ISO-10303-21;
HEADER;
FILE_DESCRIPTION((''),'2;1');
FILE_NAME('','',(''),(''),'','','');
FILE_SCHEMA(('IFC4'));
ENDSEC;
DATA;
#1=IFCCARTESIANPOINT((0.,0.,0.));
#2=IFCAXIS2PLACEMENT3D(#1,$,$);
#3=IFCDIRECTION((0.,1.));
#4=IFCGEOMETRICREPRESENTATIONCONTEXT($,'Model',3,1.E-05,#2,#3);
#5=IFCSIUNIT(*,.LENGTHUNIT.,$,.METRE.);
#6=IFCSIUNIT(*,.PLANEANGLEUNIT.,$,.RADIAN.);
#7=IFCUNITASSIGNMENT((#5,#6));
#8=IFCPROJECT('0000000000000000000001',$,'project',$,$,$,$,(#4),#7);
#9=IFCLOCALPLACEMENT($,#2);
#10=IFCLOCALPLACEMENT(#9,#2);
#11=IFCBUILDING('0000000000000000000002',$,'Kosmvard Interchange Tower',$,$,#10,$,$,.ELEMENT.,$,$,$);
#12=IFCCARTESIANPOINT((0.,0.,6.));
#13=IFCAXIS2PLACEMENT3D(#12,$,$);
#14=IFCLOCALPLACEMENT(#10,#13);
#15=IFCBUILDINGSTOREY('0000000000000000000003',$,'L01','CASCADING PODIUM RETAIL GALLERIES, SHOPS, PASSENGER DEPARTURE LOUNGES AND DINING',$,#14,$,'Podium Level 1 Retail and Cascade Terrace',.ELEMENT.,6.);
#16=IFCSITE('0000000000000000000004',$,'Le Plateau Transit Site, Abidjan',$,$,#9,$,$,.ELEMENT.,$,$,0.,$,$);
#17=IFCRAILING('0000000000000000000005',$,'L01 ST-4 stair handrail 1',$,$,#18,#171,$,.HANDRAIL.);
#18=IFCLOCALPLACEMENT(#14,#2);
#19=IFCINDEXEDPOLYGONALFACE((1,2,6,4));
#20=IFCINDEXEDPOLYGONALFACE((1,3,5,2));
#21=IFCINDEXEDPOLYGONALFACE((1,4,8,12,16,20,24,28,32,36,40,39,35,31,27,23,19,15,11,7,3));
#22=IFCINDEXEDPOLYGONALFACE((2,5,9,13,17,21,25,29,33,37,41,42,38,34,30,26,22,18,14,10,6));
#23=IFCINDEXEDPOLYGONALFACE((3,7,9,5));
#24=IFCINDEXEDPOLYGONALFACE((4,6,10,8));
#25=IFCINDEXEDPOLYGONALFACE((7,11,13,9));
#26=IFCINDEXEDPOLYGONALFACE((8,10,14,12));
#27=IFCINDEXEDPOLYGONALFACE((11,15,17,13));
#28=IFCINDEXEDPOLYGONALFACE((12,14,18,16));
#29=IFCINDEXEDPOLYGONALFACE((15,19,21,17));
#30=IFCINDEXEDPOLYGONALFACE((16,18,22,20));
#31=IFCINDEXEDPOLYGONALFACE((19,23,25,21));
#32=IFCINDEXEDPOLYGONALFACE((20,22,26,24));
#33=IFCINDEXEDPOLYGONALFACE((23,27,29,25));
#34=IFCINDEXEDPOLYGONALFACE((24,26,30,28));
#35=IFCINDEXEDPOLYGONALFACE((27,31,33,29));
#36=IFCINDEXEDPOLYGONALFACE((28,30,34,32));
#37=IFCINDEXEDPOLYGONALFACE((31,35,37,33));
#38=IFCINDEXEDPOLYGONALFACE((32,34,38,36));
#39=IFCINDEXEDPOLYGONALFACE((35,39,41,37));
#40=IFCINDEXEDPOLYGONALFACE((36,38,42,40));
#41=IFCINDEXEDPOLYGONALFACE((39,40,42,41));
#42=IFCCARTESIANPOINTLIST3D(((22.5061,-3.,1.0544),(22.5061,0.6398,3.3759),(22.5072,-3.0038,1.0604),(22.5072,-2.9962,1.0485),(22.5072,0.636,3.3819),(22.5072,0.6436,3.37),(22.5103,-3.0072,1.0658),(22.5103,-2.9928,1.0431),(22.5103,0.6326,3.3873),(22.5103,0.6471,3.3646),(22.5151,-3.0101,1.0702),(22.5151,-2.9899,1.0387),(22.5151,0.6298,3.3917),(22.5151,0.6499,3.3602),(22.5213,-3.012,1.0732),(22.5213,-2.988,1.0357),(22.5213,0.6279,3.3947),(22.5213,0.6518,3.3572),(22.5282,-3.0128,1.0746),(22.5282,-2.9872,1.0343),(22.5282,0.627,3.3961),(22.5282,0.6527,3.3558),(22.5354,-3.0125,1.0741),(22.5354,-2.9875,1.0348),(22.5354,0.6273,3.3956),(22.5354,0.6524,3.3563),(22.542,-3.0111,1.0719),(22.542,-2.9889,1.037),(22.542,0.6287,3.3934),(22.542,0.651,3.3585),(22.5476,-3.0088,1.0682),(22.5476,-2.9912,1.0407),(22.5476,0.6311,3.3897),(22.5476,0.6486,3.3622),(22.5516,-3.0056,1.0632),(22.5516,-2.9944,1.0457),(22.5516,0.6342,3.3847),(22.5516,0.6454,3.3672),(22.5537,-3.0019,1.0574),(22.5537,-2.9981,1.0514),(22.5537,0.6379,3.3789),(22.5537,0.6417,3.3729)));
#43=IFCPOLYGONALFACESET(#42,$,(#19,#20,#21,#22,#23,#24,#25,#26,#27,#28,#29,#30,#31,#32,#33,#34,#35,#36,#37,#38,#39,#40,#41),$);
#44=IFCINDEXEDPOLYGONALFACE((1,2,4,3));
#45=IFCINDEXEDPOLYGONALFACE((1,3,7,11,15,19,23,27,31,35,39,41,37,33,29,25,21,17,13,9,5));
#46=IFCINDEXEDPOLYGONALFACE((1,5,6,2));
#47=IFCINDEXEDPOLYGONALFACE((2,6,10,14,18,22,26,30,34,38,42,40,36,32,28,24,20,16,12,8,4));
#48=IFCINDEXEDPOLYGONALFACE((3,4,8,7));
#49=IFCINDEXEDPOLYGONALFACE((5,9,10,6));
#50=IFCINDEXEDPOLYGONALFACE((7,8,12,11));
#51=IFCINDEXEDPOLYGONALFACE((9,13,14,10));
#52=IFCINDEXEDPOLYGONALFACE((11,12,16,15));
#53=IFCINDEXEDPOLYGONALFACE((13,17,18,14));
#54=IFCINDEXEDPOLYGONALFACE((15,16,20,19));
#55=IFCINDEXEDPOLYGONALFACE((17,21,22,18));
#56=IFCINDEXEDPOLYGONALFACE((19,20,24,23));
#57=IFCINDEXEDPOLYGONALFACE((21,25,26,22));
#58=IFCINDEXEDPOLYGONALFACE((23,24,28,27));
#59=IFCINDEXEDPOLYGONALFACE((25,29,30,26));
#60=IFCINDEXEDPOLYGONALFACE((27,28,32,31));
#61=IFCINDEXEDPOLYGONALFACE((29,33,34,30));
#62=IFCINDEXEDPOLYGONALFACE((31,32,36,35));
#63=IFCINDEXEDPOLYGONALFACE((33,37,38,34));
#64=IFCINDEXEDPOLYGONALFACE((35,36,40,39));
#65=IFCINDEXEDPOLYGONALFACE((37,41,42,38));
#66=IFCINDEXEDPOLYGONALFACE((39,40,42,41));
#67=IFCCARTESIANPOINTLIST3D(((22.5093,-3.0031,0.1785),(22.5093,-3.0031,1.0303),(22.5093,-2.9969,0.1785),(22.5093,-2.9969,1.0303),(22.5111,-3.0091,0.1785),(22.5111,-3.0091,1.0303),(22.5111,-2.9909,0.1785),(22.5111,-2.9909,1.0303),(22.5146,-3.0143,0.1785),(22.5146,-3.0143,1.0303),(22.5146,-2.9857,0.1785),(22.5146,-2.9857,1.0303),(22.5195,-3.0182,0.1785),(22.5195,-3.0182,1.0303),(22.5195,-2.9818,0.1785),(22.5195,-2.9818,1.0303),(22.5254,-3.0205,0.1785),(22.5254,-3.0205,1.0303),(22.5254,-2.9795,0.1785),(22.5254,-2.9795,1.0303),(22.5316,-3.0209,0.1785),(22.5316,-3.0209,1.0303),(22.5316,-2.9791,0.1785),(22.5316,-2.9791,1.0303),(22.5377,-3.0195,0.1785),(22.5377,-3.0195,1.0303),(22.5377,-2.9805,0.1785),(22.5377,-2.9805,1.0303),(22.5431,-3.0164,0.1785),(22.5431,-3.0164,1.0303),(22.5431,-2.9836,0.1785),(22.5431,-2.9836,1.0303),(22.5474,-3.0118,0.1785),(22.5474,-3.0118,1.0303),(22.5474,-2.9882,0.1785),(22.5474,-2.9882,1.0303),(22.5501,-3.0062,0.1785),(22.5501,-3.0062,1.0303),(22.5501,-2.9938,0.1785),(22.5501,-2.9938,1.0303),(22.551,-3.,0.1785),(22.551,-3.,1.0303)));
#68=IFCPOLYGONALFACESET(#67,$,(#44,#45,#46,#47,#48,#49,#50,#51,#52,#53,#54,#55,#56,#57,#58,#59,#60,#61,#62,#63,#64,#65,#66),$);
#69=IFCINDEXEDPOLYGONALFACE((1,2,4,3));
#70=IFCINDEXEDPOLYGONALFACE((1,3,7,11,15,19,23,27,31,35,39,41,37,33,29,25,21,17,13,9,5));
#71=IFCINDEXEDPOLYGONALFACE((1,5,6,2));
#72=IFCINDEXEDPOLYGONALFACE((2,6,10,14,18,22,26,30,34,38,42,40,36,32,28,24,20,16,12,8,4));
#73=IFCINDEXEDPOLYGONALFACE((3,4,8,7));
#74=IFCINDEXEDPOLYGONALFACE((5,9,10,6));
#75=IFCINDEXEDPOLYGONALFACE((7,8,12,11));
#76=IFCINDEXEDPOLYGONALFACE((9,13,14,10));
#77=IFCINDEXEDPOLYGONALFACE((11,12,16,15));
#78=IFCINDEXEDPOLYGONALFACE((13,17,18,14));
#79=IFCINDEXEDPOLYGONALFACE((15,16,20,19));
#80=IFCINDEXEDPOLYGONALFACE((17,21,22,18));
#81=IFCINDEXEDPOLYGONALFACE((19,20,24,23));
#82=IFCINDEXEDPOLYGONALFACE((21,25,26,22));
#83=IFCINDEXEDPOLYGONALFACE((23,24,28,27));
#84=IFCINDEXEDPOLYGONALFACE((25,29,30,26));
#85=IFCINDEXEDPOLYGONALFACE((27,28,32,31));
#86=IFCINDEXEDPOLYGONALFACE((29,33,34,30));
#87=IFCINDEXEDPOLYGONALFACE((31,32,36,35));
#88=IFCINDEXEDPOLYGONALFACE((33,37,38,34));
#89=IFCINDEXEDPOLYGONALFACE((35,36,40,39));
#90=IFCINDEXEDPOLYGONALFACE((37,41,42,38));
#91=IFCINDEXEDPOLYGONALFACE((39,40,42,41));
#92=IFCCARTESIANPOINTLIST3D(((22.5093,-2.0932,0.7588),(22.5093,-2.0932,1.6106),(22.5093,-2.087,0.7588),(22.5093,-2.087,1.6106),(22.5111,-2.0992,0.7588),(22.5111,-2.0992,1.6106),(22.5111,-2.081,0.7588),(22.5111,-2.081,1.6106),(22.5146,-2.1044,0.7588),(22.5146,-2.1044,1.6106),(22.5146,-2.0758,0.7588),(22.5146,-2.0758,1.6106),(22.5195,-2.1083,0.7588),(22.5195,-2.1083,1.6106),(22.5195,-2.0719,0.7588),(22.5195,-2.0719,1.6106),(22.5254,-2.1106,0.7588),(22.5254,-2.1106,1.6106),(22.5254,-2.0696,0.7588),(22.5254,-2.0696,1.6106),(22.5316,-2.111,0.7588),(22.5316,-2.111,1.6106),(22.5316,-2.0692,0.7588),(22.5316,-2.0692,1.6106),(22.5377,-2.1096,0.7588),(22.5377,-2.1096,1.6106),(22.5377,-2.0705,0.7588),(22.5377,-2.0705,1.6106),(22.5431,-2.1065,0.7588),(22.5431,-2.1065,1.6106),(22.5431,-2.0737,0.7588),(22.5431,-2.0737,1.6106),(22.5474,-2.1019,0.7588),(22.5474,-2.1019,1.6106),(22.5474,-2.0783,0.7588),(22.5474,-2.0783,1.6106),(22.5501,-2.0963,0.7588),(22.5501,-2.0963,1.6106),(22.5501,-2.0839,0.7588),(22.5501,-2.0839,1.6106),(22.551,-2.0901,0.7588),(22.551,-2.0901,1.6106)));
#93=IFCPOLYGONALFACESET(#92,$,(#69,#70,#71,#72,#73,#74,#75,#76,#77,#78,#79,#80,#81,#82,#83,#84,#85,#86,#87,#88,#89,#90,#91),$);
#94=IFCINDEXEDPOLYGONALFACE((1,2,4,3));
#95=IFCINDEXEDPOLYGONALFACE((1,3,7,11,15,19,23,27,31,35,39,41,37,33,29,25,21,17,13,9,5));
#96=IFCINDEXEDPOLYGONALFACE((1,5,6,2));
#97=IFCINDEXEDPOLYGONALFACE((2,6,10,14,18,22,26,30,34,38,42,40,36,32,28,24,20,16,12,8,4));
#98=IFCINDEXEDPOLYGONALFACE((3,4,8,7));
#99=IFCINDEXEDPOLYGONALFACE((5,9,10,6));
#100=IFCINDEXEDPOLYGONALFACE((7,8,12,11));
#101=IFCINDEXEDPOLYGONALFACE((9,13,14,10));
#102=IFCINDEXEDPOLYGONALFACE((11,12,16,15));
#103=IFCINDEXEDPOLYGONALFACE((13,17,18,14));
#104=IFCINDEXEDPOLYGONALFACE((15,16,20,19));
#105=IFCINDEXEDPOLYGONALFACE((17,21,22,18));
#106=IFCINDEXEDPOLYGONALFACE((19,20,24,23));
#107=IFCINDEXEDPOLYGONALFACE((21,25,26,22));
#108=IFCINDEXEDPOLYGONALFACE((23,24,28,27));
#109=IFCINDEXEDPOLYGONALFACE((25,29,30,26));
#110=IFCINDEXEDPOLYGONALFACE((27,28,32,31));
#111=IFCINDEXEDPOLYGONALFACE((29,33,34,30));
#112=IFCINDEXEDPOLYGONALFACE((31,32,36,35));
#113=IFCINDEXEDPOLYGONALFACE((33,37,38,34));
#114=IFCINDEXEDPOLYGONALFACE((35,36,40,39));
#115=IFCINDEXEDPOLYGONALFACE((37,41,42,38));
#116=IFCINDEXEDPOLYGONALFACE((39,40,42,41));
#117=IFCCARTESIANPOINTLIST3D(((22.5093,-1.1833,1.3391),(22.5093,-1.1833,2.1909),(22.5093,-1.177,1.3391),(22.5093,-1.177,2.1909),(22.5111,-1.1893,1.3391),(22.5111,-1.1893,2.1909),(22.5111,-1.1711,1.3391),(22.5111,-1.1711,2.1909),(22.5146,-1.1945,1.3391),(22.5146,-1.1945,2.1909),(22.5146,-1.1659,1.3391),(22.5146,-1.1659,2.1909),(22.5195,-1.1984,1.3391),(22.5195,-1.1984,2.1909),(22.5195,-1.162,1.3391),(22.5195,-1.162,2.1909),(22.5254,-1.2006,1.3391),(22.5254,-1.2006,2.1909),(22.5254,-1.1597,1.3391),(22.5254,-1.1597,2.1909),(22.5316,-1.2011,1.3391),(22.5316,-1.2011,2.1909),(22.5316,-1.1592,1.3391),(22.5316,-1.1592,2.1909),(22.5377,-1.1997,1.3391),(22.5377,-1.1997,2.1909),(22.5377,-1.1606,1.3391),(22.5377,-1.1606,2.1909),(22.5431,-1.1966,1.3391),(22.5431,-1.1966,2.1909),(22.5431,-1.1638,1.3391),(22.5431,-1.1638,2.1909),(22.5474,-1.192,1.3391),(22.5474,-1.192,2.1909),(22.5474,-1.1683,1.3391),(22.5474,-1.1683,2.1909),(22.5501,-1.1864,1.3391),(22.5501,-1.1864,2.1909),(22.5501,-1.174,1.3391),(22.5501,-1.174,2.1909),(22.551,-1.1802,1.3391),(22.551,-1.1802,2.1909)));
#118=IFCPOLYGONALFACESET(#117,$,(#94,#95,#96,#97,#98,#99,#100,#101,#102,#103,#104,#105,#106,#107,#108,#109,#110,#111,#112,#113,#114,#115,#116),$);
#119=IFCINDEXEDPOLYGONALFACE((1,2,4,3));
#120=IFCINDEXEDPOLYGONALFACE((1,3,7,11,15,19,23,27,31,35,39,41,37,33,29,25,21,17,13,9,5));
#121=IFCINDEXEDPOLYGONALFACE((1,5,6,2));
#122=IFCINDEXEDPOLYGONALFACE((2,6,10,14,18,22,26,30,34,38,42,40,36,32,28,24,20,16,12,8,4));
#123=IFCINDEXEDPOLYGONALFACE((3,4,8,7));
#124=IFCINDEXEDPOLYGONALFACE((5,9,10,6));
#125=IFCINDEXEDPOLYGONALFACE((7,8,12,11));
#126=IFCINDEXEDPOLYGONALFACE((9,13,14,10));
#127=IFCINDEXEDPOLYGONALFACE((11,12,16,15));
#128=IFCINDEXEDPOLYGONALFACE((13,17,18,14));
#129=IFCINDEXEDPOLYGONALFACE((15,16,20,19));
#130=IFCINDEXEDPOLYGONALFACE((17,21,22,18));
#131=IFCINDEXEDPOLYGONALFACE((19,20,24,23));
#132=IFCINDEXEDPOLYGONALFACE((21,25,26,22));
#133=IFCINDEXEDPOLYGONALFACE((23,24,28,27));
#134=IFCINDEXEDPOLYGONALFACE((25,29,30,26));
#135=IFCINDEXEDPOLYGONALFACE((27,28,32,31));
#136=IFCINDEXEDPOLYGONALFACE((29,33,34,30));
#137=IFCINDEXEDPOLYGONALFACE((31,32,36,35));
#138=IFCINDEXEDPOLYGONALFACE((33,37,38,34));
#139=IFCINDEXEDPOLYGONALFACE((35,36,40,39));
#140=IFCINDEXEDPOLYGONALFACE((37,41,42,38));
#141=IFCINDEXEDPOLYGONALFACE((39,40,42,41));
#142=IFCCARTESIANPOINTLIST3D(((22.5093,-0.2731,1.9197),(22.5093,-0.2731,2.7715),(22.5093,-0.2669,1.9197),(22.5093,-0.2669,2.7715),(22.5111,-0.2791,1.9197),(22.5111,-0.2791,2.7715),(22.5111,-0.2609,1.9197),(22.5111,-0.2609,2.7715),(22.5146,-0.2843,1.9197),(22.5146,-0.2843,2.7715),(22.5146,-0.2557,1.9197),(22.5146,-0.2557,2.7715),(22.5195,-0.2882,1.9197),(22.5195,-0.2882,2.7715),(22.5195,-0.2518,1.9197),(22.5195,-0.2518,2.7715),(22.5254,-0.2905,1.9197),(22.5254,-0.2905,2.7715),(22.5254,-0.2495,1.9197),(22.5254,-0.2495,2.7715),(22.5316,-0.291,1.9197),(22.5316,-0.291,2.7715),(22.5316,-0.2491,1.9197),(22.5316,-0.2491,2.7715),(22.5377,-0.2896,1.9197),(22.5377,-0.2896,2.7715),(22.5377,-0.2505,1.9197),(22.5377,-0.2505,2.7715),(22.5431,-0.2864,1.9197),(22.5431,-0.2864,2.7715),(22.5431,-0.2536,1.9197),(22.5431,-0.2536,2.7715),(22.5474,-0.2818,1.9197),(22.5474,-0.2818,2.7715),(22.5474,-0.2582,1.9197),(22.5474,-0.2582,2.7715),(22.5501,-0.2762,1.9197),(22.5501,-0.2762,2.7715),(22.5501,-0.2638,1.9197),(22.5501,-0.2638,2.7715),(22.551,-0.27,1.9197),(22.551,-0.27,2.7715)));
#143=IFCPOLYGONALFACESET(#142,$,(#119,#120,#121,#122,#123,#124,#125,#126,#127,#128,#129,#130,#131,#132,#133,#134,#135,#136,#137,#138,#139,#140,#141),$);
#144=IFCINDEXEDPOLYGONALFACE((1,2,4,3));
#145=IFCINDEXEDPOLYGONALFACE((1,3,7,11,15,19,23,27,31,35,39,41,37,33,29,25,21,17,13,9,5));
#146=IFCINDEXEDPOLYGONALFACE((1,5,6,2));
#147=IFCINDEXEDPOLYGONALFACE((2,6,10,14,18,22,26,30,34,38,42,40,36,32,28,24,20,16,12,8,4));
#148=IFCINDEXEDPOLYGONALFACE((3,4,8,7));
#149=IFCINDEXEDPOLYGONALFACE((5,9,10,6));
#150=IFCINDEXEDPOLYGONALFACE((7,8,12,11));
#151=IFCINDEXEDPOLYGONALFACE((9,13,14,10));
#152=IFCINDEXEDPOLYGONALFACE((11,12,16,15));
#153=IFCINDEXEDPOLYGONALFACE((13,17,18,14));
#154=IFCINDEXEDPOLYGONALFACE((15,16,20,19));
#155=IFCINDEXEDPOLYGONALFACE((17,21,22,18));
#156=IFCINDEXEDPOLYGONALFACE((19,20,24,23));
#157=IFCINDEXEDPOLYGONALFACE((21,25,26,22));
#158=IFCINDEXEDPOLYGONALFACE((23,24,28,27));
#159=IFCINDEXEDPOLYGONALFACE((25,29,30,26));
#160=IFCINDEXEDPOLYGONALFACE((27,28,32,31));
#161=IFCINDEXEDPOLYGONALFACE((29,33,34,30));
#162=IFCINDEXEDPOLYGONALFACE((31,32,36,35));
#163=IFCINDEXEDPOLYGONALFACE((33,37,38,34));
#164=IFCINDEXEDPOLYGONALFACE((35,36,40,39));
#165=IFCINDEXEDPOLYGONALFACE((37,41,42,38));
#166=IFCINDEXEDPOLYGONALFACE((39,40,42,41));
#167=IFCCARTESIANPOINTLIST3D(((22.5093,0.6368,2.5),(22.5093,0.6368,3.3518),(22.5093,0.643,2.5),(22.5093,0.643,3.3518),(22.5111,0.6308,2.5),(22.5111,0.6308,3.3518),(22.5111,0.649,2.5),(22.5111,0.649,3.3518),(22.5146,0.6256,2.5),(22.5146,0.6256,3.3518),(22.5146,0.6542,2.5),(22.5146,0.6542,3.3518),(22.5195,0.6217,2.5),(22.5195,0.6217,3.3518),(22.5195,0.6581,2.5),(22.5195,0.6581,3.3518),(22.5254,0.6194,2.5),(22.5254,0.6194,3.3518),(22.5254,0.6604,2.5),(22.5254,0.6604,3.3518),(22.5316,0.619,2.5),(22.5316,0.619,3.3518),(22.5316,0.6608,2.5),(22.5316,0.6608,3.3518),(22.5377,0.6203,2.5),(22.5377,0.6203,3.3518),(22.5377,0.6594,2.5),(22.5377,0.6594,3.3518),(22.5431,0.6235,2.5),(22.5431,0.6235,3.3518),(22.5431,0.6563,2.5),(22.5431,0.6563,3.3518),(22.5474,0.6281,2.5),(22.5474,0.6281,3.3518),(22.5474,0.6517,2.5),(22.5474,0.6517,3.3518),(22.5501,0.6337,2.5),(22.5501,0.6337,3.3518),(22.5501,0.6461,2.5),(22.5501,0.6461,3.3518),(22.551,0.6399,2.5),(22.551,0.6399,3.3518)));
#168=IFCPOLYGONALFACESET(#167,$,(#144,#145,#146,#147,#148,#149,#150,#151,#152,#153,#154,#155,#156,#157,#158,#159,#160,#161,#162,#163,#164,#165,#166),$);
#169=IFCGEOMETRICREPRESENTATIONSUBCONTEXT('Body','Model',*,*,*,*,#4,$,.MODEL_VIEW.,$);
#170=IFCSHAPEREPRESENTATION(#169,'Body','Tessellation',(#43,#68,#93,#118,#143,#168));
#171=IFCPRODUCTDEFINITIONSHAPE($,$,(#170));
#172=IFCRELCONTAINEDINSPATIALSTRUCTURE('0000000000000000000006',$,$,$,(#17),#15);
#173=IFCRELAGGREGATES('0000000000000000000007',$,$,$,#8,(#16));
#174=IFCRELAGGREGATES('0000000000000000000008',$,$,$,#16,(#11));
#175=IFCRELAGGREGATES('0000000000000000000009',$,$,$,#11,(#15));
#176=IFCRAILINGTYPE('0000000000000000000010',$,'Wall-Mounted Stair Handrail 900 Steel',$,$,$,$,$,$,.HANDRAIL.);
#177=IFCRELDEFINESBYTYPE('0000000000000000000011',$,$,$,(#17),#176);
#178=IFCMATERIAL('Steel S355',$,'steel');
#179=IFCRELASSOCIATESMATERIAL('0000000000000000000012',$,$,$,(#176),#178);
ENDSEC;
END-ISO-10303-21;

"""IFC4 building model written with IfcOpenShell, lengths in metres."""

from ifc_helpers import new_model, si_unit, direction, frame, origin, origin_2d, place, context, subcontext, project, spatial, circle, extrude, source, transform, mapped, material, type_object, element, save


model = new_model("IFC4")

# Units and contexts
model_context = context("Model", 3, precision=1e-05, world=origin(), true_north=direction((0.0, 1.0)))
body_context = subcontext(model_context, "Body", "Model", "MODEL_VIEW")
ifc_project = project(units=[si_unit("LENGTHUNIT", "METRE"), si_unit("PLANEANGLEUNIT", "RADIAN")], contexts=[model_context])

# Site, building, storey
site_placement = place(None, origin())
site = spatial("IfcSite", under=ifc_project, at=site_placement, Name="Le Plateau Transit Site, Abidjan", CompositionType="ELEMENT", RefElevation=0.0)
building_placement = place(site_placement, origin())
building = spatial("IfcBuilding", under=site, at=building_placement, Name="Kosmvard Interchange Tower", CompositionType="ELEMENT")
storey_placement = place(building_placement, frame((0.0, 0.0, 6.0)))
storey = spatial("IfcBuildingStorey", under=building, at=storey_placement, Name="L01", Description="CASCADING PODIUM RETAIL GALLERIES, SHOPS, PASSENGER DEPARTURE LOUNGES AND DINING", LongName="Podium Level 1 Retail and Cascade Terrace", CompositionType="ELEMENT", Elevation=6.0)

# Shared definitions
ifc_material_1 = material(Name="Steel S355", Category="steel")

# Railing
railing_type_1 = type_object("IfcRailingType", Name="Wall-Mounted Stair Handrail 900 Steel", PredefinedType="HANDRAIL", material=ifc_material_1)
shared_shape_1 = source(origin(), body_context, "Body", "SweptSolid", [
    extrude(circle(Radius=0.0239, at=origin_2d()), frame((0.0, 0.0, 0.876), z_axis=(0.0, 0.843112, 0.537739), x_axis=(-1.0, 0.0, 0.0)), (0.0, 0.0, 1.0), 4.3171),
    extrude(circle(Radius=0.021, at=origin_2d()), origin(), (0.0, 0.0, 1.0), 0.8518),
    extrude(circle(Radius=0.021, at=origin_2d()), frame((0.0, 0.9099, 0.5803)), (0.0, 0.0, 1.0), 0.8518),
    extrude(circle(Radius=0.021, at=origin_2d()), frame((0.0, 1.8198, 1.1606)), (0.0, 0.0, 1.0), 0.8518),
    extrude(circle(Radius=0.021, at=origin_2d()), frame((0.0, 2.73, 1.7412)), (0.0, 0.0, 1.0), 0.8518),
    extrude(circle(Radius=0.021, at=origin_2d()), frame((0.0, 3.6399, 2.3215)), (0.0, 0.0, 1.0), 0.8518),
])
railing_1_placement = place(storey_placement, frame((22.53, -3.0, 0.1785)))
element("IfcRailing", 1, at=railing_1_placement, inside=storey, type_object=railing_type_1, Name="L01 ST-4 stair handrail 1", PredefinedType="HANDRAIL", context=body_context, shape_type="MappedRepresentation", body=[
    mapped(shared_shape_1, transform((0.0, 0.0, 0.0), scale=1.0)),
])

save(model, "model.ifc")
